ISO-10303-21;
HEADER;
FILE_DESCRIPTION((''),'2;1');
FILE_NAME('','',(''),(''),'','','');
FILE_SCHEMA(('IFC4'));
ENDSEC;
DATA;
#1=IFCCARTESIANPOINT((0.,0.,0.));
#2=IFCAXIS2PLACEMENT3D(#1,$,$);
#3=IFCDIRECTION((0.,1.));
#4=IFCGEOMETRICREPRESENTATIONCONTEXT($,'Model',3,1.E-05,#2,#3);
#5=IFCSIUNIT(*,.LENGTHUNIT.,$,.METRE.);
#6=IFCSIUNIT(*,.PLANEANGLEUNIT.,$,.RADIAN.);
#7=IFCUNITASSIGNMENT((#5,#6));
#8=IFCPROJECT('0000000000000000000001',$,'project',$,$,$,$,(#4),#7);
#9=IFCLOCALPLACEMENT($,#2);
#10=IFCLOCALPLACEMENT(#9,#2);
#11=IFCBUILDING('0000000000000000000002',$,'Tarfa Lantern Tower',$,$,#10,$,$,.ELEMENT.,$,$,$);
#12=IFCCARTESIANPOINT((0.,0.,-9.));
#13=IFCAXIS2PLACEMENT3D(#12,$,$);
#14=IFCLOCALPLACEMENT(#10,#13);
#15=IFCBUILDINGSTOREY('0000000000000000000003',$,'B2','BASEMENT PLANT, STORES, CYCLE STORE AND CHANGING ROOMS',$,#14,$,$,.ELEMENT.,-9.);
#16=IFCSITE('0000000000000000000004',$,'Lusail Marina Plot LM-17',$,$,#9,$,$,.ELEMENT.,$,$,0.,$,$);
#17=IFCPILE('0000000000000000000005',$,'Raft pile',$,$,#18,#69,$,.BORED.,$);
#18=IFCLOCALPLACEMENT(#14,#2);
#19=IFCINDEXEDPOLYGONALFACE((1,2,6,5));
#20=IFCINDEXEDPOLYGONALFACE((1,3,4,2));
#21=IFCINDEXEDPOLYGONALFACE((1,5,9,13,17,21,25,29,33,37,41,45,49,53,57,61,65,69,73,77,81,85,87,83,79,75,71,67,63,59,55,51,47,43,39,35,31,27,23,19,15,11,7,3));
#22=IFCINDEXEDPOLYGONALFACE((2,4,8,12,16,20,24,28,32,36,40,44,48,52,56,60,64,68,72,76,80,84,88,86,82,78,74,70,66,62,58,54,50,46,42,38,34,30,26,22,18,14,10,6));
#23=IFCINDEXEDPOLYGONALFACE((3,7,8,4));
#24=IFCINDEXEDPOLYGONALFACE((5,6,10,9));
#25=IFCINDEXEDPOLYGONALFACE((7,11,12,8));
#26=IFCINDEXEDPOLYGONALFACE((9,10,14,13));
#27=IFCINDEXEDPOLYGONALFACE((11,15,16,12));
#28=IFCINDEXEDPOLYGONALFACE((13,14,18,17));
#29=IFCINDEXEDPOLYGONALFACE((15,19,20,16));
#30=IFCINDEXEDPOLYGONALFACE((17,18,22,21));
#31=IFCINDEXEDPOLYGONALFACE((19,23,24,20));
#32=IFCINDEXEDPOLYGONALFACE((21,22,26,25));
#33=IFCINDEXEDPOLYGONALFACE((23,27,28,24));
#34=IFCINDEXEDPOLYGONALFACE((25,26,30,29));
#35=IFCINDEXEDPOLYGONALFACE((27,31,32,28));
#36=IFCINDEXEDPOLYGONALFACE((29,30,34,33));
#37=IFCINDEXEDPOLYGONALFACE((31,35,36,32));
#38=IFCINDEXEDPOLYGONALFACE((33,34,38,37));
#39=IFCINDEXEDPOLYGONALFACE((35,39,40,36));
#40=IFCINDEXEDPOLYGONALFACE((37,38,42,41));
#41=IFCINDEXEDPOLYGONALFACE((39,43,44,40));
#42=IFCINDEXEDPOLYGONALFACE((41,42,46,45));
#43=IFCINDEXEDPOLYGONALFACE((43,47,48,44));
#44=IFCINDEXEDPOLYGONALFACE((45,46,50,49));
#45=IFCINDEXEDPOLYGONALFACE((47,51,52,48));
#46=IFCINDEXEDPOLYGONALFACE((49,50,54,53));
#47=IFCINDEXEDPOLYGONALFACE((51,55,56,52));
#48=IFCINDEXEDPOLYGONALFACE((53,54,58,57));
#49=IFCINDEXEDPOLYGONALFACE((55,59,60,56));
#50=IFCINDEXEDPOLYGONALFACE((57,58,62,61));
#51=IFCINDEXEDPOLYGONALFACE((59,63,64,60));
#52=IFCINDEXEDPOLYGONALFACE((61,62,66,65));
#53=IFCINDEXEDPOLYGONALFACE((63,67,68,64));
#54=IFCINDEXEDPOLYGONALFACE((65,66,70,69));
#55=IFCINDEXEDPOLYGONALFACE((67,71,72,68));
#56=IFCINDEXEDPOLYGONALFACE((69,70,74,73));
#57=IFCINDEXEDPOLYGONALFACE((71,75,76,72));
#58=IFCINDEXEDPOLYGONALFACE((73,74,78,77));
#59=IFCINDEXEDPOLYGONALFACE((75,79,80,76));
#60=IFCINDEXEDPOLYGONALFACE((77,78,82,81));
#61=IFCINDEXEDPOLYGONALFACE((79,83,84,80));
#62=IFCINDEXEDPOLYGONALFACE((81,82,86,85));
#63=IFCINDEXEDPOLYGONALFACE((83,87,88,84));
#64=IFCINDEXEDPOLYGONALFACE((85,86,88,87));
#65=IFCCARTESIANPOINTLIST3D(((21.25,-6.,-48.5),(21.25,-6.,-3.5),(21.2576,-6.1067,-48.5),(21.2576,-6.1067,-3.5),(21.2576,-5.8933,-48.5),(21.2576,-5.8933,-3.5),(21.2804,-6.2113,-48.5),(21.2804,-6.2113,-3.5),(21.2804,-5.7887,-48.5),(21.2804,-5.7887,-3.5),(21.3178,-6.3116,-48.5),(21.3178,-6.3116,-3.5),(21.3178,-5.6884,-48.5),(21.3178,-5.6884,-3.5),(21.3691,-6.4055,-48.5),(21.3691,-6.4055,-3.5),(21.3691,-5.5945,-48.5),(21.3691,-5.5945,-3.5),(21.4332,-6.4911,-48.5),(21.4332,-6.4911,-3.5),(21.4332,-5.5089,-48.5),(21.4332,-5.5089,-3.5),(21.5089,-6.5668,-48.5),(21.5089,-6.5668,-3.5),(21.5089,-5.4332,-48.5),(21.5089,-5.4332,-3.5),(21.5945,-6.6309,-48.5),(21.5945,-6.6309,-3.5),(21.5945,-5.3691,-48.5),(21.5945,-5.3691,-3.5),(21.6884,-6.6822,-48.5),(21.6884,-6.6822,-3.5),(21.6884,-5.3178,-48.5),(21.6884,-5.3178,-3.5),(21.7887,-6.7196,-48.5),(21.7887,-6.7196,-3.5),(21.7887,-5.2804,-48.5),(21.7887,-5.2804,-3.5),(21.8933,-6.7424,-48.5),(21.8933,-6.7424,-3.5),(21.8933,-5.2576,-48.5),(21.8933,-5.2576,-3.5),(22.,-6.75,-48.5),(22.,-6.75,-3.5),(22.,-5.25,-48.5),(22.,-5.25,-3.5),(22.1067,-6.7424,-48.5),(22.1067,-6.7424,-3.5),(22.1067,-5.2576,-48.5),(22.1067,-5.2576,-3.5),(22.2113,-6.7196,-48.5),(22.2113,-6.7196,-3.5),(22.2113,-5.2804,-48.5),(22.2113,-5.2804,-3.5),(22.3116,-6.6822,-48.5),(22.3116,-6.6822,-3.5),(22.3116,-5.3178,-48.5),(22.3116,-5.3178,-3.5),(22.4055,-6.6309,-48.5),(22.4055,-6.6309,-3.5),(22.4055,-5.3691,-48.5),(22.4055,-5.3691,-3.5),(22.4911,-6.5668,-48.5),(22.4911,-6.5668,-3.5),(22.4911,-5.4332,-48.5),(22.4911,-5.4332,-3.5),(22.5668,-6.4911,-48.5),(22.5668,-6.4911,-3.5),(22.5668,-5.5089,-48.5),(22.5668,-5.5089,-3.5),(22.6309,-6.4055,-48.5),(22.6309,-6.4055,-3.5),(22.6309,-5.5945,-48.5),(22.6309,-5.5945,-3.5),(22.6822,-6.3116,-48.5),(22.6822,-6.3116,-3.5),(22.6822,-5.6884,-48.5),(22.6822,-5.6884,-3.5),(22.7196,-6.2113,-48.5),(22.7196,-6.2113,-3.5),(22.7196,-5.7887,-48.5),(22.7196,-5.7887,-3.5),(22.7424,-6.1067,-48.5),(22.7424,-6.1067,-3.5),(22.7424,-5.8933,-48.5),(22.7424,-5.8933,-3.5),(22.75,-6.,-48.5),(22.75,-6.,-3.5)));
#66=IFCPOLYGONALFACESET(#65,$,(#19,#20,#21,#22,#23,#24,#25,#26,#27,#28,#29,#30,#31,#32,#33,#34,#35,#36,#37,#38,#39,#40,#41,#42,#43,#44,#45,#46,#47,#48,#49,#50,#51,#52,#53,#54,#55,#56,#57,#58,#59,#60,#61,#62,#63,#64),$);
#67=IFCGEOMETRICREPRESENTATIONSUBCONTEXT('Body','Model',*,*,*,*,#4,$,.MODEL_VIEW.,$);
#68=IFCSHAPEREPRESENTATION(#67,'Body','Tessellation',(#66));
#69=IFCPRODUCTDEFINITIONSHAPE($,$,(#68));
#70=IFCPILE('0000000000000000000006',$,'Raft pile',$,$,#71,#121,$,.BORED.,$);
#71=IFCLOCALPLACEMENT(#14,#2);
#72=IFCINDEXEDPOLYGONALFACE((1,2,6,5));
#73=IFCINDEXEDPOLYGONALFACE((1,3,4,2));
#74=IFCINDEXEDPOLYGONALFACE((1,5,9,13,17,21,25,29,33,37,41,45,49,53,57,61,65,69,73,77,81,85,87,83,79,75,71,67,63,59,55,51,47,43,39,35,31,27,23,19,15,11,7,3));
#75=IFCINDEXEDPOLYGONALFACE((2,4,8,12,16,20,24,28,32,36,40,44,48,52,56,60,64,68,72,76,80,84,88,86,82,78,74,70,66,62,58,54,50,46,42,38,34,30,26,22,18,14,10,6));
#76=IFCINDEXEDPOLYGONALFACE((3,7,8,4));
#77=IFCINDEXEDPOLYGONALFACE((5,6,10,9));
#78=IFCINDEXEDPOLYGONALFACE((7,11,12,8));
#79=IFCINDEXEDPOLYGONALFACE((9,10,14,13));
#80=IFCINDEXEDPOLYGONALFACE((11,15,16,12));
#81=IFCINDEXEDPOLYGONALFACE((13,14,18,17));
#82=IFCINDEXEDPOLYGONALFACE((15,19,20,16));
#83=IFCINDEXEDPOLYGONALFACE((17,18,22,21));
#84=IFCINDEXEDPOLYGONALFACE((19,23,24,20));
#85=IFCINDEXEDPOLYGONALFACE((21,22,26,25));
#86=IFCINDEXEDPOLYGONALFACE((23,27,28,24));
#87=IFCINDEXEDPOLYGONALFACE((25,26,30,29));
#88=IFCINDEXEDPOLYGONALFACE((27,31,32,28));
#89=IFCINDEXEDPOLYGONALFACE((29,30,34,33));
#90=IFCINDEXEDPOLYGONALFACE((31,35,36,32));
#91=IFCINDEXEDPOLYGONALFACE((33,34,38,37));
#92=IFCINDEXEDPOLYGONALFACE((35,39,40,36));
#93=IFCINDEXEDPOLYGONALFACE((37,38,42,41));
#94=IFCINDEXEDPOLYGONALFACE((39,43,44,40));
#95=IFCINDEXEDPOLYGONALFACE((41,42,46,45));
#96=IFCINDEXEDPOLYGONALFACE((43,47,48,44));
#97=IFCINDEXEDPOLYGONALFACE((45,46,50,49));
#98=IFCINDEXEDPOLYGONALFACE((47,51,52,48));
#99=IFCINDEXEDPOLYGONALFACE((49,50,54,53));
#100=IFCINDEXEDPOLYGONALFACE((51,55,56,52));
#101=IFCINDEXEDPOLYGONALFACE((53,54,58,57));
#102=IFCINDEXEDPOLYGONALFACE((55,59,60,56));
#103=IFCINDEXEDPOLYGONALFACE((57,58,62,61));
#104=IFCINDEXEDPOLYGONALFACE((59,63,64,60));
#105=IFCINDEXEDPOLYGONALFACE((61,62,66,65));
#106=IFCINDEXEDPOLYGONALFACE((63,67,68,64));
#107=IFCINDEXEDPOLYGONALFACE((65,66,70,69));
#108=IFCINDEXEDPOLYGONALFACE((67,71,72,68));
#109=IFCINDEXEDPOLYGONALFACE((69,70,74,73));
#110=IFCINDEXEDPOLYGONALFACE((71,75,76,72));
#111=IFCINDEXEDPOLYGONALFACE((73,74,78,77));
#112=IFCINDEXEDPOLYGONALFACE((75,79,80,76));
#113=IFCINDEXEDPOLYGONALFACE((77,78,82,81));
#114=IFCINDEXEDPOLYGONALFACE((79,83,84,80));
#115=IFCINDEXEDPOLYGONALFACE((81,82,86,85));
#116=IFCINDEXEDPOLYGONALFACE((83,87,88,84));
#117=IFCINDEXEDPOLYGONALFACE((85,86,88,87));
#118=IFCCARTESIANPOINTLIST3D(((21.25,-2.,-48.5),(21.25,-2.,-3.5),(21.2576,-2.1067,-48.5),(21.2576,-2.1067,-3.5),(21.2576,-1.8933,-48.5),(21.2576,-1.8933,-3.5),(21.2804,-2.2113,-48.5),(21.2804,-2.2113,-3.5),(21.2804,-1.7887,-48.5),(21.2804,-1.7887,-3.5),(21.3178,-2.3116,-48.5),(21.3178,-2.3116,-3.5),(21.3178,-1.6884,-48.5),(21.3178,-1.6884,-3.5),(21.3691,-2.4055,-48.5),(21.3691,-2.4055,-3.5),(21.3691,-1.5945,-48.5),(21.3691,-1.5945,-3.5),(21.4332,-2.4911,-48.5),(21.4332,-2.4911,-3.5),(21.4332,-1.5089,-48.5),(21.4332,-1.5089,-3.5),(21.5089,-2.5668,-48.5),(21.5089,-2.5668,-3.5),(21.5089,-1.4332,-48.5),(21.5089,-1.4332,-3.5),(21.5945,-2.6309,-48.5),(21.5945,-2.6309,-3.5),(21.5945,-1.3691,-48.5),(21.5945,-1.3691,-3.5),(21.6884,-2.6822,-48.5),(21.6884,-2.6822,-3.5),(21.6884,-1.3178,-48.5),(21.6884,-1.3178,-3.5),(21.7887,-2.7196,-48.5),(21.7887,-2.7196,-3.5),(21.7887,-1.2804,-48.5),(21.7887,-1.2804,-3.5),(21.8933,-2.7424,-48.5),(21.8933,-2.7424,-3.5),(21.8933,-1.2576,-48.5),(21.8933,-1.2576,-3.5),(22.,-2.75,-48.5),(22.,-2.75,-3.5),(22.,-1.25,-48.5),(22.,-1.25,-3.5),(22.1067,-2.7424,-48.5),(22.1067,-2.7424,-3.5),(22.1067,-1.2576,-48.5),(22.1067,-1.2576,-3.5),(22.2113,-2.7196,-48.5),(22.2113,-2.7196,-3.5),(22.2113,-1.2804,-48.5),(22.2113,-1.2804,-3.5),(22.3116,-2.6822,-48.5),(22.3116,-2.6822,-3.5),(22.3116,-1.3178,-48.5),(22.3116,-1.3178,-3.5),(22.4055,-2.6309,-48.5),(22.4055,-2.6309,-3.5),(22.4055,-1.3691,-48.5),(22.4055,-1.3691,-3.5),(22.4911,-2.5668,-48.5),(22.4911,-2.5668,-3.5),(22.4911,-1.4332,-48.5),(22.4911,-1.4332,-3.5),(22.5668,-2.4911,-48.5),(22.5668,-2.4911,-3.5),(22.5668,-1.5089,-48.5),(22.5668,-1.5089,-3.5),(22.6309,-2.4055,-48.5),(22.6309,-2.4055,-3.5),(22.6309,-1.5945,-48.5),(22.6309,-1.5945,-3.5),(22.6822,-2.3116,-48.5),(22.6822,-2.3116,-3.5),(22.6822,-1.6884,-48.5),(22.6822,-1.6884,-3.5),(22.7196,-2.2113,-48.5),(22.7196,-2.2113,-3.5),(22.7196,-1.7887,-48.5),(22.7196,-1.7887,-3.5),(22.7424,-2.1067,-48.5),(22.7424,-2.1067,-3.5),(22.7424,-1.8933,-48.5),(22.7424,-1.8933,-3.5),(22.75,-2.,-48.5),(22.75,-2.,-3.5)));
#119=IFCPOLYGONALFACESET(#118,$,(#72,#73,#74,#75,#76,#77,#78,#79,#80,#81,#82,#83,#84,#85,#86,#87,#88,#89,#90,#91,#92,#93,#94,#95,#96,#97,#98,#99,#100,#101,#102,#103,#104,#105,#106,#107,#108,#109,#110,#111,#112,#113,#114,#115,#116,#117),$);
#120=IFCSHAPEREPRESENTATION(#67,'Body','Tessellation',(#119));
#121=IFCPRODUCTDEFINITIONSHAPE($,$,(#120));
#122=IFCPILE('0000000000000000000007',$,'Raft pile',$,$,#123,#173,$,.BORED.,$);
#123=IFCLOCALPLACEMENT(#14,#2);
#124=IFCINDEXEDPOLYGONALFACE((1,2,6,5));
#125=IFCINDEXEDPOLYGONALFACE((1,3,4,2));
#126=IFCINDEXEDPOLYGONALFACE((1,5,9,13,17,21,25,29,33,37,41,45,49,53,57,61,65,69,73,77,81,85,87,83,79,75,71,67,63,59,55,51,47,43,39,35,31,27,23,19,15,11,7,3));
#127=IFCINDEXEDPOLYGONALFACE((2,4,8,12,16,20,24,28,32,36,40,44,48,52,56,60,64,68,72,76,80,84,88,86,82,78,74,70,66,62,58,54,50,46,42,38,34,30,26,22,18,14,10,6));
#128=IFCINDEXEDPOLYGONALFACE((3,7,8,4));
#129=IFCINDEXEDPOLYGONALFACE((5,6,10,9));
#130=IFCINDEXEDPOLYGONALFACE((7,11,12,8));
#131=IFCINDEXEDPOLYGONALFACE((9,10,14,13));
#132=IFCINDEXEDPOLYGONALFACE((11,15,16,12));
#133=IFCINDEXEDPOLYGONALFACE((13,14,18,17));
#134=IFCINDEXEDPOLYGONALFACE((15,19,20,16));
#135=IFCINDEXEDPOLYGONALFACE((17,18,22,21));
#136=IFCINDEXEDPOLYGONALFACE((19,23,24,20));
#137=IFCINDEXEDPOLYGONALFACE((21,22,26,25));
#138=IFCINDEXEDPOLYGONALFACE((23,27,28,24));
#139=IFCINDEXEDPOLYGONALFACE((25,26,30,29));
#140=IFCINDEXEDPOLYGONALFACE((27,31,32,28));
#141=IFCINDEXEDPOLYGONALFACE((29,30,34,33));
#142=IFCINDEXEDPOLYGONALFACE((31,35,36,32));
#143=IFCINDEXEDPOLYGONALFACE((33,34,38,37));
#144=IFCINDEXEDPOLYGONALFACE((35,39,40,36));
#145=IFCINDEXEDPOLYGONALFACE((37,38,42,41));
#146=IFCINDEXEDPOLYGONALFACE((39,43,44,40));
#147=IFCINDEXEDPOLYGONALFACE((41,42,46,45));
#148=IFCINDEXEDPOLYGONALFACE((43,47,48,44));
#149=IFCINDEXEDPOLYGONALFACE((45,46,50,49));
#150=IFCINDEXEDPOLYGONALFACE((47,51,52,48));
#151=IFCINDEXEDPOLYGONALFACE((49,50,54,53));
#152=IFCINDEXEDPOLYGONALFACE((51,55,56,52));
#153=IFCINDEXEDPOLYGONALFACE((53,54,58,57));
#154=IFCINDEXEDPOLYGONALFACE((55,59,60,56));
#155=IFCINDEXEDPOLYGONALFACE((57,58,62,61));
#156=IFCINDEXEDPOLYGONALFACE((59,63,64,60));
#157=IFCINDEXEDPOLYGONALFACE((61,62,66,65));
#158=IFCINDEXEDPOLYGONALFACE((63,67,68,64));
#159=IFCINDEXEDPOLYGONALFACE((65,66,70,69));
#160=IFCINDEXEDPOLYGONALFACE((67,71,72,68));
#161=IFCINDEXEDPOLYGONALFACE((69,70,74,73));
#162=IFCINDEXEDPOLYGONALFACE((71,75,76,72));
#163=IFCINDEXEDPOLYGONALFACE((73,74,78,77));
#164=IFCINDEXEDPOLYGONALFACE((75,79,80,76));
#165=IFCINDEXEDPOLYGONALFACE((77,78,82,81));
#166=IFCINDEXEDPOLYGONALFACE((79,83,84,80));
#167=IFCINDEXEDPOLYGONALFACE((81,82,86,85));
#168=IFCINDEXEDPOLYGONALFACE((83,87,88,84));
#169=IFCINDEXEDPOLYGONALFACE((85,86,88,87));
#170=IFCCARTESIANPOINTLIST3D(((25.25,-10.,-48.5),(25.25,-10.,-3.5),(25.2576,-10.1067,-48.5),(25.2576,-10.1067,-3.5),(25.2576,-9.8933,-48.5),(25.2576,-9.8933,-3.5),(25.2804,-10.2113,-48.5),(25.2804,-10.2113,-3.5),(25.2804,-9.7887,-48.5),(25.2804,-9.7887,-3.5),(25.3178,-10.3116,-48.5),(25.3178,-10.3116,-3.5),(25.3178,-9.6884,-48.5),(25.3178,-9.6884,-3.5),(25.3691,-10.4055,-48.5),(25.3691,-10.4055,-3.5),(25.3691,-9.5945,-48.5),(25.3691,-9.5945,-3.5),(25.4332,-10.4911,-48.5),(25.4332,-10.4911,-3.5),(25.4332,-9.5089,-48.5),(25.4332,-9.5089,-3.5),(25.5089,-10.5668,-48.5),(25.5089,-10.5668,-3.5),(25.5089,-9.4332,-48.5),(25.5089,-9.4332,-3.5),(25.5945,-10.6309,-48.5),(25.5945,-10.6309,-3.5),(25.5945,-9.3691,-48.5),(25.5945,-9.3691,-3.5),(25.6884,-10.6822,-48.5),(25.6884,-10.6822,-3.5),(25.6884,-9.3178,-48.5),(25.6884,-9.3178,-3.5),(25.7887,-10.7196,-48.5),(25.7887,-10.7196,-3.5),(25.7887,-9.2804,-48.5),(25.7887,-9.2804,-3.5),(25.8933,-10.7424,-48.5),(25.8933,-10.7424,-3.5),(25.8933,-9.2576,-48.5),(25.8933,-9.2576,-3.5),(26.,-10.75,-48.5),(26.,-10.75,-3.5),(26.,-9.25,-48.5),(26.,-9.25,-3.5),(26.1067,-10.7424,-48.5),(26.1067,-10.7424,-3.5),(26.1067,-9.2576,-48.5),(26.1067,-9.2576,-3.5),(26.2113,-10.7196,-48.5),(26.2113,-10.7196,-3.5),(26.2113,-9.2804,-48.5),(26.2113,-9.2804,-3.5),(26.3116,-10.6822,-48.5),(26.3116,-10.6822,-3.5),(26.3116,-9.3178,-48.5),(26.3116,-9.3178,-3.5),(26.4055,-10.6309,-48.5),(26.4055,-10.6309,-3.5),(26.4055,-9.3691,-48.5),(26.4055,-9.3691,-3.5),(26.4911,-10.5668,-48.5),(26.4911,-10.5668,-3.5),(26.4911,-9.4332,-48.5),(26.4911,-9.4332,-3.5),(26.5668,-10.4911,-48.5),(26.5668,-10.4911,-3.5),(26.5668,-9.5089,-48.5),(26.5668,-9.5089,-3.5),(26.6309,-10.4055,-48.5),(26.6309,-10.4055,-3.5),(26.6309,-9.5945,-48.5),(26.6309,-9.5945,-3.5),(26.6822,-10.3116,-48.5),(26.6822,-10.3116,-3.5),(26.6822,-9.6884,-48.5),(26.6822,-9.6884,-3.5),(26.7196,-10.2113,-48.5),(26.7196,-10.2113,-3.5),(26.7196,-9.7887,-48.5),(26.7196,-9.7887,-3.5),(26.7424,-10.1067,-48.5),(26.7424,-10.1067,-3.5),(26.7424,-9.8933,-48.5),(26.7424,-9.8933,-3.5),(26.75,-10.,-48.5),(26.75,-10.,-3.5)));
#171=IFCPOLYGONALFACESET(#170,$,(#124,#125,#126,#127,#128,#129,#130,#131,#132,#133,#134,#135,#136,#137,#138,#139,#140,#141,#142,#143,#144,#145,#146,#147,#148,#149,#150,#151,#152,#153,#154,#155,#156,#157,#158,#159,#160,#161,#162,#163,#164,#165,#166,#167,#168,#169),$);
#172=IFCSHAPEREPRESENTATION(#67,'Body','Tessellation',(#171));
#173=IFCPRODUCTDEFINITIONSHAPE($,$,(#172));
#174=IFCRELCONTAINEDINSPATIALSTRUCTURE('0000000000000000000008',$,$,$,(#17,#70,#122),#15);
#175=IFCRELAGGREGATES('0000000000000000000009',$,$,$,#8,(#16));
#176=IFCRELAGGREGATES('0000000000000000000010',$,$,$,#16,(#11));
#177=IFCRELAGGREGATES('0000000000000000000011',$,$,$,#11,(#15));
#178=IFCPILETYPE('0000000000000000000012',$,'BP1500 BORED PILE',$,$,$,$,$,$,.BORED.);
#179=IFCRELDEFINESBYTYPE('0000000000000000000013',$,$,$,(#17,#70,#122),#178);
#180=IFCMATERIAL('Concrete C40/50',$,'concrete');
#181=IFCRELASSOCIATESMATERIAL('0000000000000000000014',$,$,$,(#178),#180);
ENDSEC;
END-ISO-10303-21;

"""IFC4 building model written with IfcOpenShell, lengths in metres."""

from ifc_helpers import new_model, si_unit, direction, frame, origin, origin_2d, place, context, subcontext, project, spatial, circle, extrude, material, material_profile, profile_set, type_object, element, save


model = new_model("IFC4")

# Units and contexts
model_context = context("Model", 3, precision=1e-05, world=origin(), true_north=direction((0.0, 1.0)))
body_context = subcontext(model_context, "Body", "Model", "MODEL_VIEW")
ifc_project = project(units=[si_unit("LENGTHUNIT", "METRE"), si_unit("PLANEANGLEUNIT", "RADIAN")], contexts=[model_context])

# Site, building, storey
site_placement = place(None, origin())
site = spatial("IfcSite", under=ifc_project, at=site_placement, Name="Lusail Marina Plot LM-17", CompositionType="ELEMENT", RefElevation=0.0)
building_placement = place(site_placement, origin())
building = spatial("IfcBuilding", under=site, at=building_placement, Name="Tarfa Lantern Tower", CompositionType="ELEMENT")
storey_placement = place(building_placement, frame((0.0, 0.0, -9.0)))
storey = spatial("IfcBuildingStorey", under=building, at=storey_placement, Name="B2", Description="BASEMENT PLANT, STORES, CYCLE STORE AND CHANGING ROOMS", CompositionType="ELEMENT", Elevation=-9.0)

# Piles
ifc_material_1 = material(Name="Concrete C40/50", Category="concrete")
ifc_material_profile = material_profile(ifc_material_1, circle(Radius=0.75, at=origin_2d()), Name="BORED PILE D1500")
ifc_profile_set = profile_set([ifc_material_profile], Name="Concrete C40/50")
pile_type = type_object("IfcPileType", Name="BP1500 BORED PILE", PredefinedType="BORED", material=ifc_profile_set)
for number, where, z_axis, x_axis, name in (
    (1, (22.0, -6.0, -3.5), (0.0, 0.0, -1.0), (1.0, 0.0, 0.0), "Raft pile"),
    (2, (22.0, -2.0, -3.5), (0.0, 0.0, -1.0), (1.0, 0.0, 0.0), "Raft pile"),
    (3, (26.0, -10.0, -3.5), (0.0, 0.0, -1.0), (1.0, 0.0, 0.0), "Raft pile"),
):
    element("IfcPile", number, at=place(storey_placement, frame(where, z_axis=z_axis, x_axis=x_axis)), inside=storey, type_object=pile_type, Name=name, PredefinedType="BORED", context=body_context, shape_type="SweptSolid", body=[
        extrude(circle(Radius=0.75, at=origin_2d()), origin(), (0.0, 0.0, 1.0), 45.0),
    ])

save(model, "model.ifc")
